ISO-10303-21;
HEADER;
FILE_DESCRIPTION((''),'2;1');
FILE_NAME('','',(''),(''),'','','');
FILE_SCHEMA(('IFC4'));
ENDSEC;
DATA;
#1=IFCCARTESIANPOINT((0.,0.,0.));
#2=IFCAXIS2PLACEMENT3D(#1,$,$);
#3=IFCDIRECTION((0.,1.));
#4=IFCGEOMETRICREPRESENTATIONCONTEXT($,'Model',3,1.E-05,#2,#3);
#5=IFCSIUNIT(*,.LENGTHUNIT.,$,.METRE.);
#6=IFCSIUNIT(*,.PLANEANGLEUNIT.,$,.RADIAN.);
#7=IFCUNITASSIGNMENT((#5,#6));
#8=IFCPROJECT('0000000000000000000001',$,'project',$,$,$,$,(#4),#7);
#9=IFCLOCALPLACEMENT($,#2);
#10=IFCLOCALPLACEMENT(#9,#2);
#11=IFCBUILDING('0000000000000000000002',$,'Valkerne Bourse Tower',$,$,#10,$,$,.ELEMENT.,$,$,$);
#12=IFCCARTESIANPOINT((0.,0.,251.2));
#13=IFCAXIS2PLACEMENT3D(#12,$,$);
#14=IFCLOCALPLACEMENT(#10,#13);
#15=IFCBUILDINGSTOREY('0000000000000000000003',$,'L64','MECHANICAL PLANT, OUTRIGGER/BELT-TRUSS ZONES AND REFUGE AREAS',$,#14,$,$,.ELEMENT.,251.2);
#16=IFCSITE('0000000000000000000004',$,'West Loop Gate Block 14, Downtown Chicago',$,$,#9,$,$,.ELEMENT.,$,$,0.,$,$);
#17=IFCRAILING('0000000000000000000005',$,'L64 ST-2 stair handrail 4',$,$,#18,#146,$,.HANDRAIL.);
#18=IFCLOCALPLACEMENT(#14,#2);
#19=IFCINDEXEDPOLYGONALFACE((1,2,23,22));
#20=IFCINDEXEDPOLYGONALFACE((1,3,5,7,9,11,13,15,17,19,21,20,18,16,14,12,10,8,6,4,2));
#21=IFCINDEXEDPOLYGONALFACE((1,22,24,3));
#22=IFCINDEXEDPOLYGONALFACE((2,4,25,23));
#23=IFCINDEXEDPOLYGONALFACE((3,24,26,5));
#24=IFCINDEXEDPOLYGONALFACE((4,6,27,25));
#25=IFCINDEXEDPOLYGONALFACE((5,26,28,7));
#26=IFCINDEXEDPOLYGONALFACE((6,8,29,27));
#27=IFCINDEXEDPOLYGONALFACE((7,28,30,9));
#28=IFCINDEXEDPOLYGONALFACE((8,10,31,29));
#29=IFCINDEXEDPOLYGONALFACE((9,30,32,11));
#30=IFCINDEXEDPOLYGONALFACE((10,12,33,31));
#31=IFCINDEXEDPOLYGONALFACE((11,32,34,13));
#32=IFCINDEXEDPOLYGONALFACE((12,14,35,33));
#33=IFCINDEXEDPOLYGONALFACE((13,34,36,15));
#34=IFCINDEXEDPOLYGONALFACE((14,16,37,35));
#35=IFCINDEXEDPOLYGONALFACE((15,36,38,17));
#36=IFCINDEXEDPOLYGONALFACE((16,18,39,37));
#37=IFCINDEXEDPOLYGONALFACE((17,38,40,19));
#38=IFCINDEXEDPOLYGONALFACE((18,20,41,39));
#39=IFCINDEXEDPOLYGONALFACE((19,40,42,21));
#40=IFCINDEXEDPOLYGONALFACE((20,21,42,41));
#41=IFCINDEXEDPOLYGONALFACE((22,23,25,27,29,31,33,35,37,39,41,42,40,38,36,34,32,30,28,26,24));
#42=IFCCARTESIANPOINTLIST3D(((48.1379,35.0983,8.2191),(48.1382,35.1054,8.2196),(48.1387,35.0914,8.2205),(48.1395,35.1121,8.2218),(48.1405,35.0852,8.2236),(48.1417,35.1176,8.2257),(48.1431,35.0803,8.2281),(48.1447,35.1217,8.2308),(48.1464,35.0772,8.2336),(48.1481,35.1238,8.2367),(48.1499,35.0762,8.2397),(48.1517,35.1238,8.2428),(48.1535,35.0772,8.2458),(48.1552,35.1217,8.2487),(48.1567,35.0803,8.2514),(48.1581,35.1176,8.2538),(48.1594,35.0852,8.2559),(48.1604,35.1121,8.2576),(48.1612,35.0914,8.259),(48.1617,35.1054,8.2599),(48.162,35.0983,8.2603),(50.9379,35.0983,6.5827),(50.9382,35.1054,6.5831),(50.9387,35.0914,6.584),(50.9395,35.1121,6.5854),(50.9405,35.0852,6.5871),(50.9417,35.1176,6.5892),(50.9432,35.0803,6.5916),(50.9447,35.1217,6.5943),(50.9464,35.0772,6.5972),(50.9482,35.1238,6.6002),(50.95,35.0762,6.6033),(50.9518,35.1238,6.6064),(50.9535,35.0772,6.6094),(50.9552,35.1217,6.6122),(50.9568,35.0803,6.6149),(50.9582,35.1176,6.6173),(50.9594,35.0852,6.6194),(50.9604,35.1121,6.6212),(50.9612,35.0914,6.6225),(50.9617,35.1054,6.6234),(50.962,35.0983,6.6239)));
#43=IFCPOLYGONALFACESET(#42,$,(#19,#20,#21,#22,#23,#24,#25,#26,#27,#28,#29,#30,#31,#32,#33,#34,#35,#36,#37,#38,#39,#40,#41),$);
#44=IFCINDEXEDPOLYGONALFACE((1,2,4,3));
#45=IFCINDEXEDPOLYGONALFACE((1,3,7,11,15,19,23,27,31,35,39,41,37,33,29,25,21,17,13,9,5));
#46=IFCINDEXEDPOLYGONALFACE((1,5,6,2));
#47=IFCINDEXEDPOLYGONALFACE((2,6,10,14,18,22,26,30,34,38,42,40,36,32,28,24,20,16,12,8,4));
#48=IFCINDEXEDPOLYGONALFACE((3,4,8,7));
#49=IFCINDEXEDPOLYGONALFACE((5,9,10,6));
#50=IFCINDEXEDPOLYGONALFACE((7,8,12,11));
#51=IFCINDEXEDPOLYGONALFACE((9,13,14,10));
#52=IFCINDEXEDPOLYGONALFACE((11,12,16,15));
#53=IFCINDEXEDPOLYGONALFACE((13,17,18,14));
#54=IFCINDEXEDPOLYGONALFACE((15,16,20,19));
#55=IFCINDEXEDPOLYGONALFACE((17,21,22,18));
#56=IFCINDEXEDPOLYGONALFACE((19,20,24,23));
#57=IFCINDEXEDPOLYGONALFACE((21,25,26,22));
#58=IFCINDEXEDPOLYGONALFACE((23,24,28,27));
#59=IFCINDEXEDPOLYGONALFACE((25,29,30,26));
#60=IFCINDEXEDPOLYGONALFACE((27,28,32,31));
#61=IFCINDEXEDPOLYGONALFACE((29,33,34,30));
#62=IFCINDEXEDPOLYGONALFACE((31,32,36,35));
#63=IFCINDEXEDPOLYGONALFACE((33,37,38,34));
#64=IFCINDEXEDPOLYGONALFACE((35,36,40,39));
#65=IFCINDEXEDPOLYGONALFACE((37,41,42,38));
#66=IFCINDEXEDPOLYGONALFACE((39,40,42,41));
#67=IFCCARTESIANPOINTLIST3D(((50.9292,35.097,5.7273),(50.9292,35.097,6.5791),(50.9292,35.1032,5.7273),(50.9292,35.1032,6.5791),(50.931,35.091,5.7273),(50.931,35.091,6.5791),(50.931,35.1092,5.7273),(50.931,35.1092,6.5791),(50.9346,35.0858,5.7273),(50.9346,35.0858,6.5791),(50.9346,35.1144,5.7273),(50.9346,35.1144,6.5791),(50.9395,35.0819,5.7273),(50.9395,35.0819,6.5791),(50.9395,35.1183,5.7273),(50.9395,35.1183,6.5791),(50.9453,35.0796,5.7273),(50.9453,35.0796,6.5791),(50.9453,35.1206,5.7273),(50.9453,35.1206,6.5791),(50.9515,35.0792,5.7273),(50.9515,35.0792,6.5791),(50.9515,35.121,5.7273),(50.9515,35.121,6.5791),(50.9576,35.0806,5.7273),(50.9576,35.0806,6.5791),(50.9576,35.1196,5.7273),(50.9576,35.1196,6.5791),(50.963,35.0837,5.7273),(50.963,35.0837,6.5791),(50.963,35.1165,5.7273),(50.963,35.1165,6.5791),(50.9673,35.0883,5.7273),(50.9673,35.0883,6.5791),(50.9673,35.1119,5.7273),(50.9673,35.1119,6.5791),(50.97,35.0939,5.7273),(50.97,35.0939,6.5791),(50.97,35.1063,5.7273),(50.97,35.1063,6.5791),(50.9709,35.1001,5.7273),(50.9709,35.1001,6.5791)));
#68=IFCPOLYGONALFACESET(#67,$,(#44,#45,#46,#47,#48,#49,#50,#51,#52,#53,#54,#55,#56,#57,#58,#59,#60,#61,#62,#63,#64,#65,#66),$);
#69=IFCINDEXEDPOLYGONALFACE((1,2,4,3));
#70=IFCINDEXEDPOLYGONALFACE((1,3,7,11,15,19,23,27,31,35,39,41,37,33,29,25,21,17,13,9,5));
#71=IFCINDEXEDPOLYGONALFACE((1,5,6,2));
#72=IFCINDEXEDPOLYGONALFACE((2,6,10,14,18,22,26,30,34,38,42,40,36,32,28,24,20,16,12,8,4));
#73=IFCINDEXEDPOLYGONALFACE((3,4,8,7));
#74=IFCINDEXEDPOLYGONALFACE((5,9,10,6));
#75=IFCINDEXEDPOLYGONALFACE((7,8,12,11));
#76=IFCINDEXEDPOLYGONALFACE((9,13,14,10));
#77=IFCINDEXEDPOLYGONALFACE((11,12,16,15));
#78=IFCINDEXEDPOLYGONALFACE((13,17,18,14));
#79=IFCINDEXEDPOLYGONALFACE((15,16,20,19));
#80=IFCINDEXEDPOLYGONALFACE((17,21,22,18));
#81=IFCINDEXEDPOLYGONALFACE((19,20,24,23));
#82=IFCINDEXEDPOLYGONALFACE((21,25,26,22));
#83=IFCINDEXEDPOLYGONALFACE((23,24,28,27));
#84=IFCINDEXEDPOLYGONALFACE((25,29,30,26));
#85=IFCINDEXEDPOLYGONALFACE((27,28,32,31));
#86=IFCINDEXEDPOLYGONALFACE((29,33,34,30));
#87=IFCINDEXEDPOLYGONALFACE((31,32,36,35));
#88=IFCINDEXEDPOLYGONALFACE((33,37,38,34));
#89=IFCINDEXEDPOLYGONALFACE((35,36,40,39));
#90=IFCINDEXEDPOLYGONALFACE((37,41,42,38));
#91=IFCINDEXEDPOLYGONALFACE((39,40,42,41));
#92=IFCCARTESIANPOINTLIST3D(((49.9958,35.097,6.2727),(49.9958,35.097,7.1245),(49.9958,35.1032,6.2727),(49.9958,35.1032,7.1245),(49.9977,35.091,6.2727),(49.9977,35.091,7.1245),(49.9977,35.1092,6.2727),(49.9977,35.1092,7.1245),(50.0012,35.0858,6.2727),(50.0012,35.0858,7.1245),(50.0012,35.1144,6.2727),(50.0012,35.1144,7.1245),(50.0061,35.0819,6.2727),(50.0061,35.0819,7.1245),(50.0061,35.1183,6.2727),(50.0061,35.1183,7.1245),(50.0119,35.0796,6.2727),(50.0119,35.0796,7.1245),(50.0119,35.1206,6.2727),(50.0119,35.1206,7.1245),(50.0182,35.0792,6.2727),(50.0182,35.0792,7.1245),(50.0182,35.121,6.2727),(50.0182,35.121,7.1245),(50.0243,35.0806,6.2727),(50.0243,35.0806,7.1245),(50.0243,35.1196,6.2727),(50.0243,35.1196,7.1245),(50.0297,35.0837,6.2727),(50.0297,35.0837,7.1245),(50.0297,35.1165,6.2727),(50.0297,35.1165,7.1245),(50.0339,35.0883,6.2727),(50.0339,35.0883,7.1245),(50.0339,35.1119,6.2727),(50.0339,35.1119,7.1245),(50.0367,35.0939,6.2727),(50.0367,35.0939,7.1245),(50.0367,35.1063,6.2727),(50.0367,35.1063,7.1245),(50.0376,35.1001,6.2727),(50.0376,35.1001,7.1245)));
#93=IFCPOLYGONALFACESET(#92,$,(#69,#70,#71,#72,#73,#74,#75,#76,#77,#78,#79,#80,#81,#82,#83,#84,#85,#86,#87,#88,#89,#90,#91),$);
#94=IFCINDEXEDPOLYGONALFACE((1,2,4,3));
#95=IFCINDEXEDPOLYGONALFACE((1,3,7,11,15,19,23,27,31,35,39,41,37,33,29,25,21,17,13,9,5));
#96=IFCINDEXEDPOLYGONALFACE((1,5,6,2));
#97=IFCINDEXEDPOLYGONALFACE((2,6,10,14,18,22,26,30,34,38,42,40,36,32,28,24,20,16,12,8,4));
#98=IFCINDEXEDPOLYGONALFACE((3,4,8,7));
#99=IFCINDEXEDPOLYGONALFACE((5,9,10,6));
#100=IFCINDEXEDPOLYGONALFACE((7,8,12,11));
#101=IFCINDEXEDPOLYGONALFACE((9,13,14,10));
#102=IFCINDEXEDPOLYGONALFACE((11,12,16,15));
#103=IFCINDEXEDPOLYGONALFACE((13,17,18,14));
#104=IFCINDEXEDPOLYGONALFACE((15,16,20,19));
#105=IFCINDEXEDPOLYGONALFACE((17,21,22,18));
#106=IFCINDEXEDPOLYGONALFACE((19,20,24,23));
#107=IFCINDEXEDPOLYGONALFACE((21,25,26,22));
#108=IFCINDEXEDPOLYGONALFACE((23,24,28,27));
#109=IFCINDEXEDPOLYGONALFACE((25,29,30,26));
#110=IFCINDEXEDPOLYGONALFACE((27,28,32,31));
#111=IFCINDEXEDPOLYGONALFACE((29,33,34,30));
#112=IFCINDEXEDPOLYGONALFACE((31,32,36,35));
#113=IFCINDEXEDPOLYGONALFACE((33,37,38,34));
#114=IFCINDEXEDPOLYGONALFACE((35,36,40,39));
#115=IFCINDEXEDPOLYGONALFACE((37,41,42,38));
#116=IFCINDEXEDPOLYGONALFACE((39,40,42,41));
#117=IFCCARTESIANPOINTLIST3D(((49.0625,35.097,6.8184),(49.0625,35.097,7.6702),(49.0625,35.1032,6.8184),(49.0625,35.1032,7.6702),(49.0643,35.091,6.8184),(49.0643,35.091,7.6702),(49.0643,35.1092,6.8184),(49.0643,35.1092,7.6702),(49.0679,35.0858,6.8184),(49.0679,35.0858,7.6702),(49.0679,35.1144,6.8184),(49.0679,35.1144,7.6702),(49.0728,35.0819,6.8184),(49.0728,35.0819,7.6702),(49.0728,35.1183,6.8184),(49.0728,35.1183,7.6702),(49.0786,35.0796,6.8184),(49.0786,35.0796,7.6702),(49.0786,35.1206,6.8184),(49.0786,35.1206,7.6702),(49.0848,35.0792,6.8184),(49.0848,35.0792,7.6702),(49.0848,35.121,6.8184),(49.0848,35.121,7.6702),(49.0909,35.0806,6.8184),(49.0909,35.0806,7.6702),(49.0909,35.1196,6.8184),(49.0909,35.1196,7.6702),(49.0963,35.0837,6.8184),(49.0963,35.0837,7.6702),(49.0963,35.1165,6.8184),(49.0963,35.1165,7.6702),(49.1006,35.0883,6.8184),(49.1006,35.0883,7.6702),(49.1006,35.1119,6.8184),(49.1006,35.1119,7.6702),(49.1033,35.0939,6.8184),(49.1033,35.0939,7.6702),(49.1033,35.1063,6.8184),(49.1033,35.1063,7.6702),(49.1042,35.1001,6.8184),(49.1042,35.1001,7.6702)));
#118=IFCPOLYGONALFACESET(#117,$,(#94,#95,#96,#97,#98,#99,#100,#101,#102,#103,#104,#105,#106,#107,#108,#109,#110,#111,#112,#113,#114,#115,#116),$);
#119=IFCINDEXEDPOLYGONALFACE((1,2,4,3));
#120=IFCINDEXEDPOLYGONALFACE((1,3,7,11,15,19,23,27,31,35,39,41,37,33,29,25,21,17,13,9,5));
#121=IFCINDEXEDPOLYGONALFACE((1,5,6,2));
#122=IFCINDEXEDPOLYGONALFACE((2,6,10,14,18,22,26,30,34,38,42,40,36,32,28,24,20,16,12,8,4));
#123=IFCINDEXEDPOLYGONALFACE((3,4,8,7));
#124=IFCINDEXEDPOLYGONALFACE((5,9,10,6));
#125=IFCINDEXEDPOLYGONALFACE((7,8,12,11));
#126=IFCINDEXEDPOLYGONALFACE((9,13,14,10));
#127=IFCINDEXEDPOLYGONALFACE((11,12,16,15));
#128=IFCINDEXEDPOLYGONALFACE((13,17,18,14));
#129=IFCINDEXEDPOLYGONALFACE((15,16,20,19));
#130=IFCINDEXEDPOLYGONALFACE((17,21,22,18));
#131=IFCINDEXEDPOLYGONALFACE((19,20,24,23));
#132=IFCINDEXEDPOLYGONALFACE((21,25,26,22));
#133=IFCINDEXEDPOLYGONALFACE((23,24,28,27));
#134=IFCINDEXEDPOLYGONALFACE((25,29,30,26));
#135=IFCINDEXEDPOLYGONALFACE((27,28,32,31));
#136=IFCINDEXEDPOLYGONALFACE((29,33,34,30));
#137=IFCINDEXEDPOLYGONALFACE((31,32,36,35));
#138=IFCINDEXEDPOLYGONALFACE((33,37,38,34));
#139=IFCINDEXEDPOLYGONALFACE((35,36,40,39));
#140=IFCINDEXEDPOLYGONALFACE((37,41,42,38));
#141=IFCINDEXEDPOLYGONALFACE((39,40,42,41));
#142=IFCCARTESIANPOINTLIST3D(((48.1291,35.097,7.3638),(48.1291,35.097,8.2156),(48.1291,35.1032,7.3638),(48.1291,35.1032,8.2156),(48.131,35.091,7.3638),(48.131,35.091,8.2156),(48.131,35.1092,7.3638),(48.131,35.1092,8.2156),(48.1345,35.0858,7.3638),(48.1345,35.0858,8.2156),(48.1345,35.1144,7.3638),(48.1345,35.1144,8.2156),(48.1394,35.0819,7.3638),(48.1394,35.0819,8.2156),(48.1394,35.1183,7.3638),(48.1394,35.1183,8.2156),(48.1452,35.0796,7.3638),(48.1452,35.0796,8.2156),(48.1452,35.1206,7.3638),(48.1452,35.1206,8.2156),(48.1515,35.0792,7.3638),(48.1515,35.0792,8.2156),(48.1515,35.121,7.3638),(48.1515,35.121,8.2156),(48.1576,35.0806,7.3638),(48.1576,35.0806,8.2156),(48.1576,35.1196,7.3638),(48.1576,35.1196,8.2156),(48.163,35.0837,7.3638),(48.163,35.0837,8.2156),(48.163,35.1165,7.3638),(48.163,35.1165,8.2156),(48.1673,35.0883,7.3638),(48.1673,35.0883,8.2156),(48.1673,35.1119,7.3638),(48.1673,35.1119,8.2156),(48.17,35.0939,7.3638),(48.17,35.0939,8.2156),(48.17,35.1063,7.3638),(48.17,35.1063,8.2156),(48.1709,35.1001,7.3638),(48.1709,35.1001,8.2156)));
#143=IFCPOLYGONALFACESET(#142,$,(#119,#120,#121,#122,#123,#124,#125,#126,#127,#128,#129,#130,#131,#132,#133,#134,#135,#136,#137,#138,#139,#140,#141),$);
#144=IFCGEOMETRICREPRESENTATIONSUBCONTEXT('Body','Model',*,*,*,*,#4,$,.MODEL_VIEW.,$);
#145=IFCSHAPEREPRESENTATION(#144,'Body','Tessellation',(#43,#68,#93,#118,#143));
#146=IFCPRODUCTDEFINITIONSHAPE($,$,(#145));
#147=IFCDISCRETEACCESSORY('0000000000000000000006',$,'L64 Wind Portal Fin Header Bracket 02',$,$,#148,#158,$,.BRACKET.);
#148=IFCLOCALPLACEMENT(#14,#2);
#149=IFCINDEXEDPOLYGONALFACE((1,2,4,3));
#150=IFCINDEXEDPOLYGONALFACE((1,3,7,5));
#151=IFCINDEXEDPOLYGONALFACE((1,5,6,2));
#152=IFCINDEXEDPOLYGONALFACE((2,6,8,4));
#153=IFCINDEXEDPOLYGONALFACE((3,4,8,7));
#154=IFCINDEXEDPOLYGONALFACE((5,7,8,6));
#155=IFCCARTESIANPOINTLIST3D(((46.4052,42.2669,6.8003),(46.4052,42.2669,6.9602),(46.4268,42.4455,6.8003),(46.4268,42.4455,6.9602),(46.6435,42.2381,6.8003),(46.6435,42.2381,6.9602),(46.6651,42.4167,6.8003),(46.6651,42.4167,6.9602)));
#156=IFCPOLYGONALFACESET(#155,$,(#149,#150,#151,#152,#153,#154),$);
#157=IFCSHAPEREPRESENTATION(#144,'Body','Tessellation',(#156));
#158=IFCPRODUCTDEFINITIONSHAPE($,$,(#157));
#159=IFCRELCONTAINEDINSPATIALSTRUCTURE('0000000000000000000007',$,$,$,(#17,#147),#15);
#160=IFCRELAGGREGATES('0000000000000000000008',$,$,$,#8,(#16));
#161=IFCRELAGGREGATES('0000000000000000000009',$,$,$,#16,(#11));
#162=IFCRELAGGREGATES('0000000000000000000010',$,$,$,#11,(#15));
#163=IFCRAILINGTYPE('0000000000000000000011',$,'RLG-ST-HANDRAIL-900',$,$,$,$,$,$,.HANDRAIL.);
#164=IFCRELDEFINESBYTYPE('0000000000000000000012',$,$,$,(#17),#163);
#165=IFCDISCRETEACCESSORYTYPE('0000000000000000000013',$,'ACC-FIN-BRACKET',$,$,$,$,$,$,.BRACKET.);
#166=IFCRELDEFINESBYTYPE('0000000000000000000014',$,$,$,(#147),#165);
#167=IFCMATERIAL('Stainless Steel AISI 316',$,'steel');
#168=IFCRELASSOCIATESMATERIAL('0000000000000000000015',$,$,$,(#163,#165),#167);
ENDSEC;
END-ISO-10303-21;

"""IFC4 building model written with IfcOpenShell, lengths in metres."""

from ifc_helpers import new_model, si_unit, direction, frame, origin, origin_2d, place, context, subcontext, project, spatial, rectangle, circle, extrude, material, type_object, element, save


model = new_model("IFC4")

# Units and contexts
model_context = context("Model", 3, precision=1e-05, world=origin(), true_north=direction((0.0, 1.0)))
body_context = subcontext(model_context, "Body", "Model", "MODEL_VIEW")
ifc_project = project(units=[si_unit("LENGTHUNIT", "METRE"), si_unit("PLANEANGLEUNIT", "RADIAN")], contexts=[model_context])

# Site, building, storey
site_placement = place(None, origin())
site = spatial("IfcSite", under=ifc_project, at=site_placement, Name="West Loop Gate Block 14, Downtown Chicago", CompositionType="ELEMENT", RefElevation=0.0)
building_placement = place(site_placement, origin())
building = spatial("IfcBuilding", under=site, at=building_placement, Name="Valkerne Bourse Tower", CompositionType="ELEMENT")
storey_placement = place(building_placement, frame((0.0, 0.0, 251.2)))
storey = spatial("IfcBuildingStorey", under=building, at=storey_placement, Name="L64", Description="MECHANICAL PLANT, OUTRIGGER/BELT-TRUSS ZONES AND REFUGE AREAS", CompositionType="ELEMENT", Elevation=251.2)

# Railing
ifc_material_1 = material(Name="Stainless Steel AISI 316", Category="steel")
railing_type_1 = type_object("IfcRailingType", Name="RLG-ST-HANDRAIL-900", PredefinedType="HANDRAIL", material=ifc_material_1)
railing_1_placement = place(storey_placement, frame((50.95, 35.1001, 5.7273)))
element("IfcRailing", 1, at=railing_1_placement, inside=storey, type_object=railing_type_1, Name="L64 ST-2 stair handrail 4", PredefinedType="HANDRAIL", context=body_context, shape_type="SweptSolid", body=[
    extrude(circle(Radius=0.0239, at=origin_2d()), frame((0.0, 0.0, 0.876), z_axis=(-0.863361, 0.0, 0.504587), x_axis=(0.0, -1.0, 0.0)), (0.0, 0.0, 1.0), 3.2432),
    extrude(circle(Radius=0.021, at=origin_2d()), origin(), (0.0, 0.0, 1.0), 0.8518),
    extrude(circle(Radius=0.021, at=origin_2d()), frame((-0.9333, 0.0, 0.5454)), (0.0, 0.0, 1.0), 0.8518),
    extrude(circle(Radius=0.021, at=origin_2d()), frame((-1.8667, 0.0, 1.0911)), (0.0, 0.0, 1.0), 0.8518),
    extrude(circle(Radius=0.021, at=origin_2d()), frame((-2.8, 0.0, 1.6365)), (0.0, 0.0, 1.0), 0.8518),
])

# Discrete accessory
discrete_accessory_type = type_object("IfcDiscreteAccessoryType", Name="ACC-FIN-BRACKET", PredefinedType="BRACKET", material=ifc_material_1)
discrete_accessory_placement = place(storey_placement, frame((46.5352, 42.3418, 6.8003), z_axis=(0.0, 0.0, 1.0), x_axis=(-0.992757, 0.120137, 0.0)))
element("IfcDiscreteAccessory", 2, at=discrete_accessory_placement, inside=storey, type_object=discrete_accessory_type, Name="L64 Wind Portal Fin Header Bracket 02", PredefinedType="BRACKET", context=body_context, shape_type="SweptSolid", body=[
    extrude(rectangle(XDim=0.24, YDim=0.1799, at=origin_2d()), origin(), (0.0, 0.0, 1.0), 0.1599),
])

save(model, "model.ifc")
